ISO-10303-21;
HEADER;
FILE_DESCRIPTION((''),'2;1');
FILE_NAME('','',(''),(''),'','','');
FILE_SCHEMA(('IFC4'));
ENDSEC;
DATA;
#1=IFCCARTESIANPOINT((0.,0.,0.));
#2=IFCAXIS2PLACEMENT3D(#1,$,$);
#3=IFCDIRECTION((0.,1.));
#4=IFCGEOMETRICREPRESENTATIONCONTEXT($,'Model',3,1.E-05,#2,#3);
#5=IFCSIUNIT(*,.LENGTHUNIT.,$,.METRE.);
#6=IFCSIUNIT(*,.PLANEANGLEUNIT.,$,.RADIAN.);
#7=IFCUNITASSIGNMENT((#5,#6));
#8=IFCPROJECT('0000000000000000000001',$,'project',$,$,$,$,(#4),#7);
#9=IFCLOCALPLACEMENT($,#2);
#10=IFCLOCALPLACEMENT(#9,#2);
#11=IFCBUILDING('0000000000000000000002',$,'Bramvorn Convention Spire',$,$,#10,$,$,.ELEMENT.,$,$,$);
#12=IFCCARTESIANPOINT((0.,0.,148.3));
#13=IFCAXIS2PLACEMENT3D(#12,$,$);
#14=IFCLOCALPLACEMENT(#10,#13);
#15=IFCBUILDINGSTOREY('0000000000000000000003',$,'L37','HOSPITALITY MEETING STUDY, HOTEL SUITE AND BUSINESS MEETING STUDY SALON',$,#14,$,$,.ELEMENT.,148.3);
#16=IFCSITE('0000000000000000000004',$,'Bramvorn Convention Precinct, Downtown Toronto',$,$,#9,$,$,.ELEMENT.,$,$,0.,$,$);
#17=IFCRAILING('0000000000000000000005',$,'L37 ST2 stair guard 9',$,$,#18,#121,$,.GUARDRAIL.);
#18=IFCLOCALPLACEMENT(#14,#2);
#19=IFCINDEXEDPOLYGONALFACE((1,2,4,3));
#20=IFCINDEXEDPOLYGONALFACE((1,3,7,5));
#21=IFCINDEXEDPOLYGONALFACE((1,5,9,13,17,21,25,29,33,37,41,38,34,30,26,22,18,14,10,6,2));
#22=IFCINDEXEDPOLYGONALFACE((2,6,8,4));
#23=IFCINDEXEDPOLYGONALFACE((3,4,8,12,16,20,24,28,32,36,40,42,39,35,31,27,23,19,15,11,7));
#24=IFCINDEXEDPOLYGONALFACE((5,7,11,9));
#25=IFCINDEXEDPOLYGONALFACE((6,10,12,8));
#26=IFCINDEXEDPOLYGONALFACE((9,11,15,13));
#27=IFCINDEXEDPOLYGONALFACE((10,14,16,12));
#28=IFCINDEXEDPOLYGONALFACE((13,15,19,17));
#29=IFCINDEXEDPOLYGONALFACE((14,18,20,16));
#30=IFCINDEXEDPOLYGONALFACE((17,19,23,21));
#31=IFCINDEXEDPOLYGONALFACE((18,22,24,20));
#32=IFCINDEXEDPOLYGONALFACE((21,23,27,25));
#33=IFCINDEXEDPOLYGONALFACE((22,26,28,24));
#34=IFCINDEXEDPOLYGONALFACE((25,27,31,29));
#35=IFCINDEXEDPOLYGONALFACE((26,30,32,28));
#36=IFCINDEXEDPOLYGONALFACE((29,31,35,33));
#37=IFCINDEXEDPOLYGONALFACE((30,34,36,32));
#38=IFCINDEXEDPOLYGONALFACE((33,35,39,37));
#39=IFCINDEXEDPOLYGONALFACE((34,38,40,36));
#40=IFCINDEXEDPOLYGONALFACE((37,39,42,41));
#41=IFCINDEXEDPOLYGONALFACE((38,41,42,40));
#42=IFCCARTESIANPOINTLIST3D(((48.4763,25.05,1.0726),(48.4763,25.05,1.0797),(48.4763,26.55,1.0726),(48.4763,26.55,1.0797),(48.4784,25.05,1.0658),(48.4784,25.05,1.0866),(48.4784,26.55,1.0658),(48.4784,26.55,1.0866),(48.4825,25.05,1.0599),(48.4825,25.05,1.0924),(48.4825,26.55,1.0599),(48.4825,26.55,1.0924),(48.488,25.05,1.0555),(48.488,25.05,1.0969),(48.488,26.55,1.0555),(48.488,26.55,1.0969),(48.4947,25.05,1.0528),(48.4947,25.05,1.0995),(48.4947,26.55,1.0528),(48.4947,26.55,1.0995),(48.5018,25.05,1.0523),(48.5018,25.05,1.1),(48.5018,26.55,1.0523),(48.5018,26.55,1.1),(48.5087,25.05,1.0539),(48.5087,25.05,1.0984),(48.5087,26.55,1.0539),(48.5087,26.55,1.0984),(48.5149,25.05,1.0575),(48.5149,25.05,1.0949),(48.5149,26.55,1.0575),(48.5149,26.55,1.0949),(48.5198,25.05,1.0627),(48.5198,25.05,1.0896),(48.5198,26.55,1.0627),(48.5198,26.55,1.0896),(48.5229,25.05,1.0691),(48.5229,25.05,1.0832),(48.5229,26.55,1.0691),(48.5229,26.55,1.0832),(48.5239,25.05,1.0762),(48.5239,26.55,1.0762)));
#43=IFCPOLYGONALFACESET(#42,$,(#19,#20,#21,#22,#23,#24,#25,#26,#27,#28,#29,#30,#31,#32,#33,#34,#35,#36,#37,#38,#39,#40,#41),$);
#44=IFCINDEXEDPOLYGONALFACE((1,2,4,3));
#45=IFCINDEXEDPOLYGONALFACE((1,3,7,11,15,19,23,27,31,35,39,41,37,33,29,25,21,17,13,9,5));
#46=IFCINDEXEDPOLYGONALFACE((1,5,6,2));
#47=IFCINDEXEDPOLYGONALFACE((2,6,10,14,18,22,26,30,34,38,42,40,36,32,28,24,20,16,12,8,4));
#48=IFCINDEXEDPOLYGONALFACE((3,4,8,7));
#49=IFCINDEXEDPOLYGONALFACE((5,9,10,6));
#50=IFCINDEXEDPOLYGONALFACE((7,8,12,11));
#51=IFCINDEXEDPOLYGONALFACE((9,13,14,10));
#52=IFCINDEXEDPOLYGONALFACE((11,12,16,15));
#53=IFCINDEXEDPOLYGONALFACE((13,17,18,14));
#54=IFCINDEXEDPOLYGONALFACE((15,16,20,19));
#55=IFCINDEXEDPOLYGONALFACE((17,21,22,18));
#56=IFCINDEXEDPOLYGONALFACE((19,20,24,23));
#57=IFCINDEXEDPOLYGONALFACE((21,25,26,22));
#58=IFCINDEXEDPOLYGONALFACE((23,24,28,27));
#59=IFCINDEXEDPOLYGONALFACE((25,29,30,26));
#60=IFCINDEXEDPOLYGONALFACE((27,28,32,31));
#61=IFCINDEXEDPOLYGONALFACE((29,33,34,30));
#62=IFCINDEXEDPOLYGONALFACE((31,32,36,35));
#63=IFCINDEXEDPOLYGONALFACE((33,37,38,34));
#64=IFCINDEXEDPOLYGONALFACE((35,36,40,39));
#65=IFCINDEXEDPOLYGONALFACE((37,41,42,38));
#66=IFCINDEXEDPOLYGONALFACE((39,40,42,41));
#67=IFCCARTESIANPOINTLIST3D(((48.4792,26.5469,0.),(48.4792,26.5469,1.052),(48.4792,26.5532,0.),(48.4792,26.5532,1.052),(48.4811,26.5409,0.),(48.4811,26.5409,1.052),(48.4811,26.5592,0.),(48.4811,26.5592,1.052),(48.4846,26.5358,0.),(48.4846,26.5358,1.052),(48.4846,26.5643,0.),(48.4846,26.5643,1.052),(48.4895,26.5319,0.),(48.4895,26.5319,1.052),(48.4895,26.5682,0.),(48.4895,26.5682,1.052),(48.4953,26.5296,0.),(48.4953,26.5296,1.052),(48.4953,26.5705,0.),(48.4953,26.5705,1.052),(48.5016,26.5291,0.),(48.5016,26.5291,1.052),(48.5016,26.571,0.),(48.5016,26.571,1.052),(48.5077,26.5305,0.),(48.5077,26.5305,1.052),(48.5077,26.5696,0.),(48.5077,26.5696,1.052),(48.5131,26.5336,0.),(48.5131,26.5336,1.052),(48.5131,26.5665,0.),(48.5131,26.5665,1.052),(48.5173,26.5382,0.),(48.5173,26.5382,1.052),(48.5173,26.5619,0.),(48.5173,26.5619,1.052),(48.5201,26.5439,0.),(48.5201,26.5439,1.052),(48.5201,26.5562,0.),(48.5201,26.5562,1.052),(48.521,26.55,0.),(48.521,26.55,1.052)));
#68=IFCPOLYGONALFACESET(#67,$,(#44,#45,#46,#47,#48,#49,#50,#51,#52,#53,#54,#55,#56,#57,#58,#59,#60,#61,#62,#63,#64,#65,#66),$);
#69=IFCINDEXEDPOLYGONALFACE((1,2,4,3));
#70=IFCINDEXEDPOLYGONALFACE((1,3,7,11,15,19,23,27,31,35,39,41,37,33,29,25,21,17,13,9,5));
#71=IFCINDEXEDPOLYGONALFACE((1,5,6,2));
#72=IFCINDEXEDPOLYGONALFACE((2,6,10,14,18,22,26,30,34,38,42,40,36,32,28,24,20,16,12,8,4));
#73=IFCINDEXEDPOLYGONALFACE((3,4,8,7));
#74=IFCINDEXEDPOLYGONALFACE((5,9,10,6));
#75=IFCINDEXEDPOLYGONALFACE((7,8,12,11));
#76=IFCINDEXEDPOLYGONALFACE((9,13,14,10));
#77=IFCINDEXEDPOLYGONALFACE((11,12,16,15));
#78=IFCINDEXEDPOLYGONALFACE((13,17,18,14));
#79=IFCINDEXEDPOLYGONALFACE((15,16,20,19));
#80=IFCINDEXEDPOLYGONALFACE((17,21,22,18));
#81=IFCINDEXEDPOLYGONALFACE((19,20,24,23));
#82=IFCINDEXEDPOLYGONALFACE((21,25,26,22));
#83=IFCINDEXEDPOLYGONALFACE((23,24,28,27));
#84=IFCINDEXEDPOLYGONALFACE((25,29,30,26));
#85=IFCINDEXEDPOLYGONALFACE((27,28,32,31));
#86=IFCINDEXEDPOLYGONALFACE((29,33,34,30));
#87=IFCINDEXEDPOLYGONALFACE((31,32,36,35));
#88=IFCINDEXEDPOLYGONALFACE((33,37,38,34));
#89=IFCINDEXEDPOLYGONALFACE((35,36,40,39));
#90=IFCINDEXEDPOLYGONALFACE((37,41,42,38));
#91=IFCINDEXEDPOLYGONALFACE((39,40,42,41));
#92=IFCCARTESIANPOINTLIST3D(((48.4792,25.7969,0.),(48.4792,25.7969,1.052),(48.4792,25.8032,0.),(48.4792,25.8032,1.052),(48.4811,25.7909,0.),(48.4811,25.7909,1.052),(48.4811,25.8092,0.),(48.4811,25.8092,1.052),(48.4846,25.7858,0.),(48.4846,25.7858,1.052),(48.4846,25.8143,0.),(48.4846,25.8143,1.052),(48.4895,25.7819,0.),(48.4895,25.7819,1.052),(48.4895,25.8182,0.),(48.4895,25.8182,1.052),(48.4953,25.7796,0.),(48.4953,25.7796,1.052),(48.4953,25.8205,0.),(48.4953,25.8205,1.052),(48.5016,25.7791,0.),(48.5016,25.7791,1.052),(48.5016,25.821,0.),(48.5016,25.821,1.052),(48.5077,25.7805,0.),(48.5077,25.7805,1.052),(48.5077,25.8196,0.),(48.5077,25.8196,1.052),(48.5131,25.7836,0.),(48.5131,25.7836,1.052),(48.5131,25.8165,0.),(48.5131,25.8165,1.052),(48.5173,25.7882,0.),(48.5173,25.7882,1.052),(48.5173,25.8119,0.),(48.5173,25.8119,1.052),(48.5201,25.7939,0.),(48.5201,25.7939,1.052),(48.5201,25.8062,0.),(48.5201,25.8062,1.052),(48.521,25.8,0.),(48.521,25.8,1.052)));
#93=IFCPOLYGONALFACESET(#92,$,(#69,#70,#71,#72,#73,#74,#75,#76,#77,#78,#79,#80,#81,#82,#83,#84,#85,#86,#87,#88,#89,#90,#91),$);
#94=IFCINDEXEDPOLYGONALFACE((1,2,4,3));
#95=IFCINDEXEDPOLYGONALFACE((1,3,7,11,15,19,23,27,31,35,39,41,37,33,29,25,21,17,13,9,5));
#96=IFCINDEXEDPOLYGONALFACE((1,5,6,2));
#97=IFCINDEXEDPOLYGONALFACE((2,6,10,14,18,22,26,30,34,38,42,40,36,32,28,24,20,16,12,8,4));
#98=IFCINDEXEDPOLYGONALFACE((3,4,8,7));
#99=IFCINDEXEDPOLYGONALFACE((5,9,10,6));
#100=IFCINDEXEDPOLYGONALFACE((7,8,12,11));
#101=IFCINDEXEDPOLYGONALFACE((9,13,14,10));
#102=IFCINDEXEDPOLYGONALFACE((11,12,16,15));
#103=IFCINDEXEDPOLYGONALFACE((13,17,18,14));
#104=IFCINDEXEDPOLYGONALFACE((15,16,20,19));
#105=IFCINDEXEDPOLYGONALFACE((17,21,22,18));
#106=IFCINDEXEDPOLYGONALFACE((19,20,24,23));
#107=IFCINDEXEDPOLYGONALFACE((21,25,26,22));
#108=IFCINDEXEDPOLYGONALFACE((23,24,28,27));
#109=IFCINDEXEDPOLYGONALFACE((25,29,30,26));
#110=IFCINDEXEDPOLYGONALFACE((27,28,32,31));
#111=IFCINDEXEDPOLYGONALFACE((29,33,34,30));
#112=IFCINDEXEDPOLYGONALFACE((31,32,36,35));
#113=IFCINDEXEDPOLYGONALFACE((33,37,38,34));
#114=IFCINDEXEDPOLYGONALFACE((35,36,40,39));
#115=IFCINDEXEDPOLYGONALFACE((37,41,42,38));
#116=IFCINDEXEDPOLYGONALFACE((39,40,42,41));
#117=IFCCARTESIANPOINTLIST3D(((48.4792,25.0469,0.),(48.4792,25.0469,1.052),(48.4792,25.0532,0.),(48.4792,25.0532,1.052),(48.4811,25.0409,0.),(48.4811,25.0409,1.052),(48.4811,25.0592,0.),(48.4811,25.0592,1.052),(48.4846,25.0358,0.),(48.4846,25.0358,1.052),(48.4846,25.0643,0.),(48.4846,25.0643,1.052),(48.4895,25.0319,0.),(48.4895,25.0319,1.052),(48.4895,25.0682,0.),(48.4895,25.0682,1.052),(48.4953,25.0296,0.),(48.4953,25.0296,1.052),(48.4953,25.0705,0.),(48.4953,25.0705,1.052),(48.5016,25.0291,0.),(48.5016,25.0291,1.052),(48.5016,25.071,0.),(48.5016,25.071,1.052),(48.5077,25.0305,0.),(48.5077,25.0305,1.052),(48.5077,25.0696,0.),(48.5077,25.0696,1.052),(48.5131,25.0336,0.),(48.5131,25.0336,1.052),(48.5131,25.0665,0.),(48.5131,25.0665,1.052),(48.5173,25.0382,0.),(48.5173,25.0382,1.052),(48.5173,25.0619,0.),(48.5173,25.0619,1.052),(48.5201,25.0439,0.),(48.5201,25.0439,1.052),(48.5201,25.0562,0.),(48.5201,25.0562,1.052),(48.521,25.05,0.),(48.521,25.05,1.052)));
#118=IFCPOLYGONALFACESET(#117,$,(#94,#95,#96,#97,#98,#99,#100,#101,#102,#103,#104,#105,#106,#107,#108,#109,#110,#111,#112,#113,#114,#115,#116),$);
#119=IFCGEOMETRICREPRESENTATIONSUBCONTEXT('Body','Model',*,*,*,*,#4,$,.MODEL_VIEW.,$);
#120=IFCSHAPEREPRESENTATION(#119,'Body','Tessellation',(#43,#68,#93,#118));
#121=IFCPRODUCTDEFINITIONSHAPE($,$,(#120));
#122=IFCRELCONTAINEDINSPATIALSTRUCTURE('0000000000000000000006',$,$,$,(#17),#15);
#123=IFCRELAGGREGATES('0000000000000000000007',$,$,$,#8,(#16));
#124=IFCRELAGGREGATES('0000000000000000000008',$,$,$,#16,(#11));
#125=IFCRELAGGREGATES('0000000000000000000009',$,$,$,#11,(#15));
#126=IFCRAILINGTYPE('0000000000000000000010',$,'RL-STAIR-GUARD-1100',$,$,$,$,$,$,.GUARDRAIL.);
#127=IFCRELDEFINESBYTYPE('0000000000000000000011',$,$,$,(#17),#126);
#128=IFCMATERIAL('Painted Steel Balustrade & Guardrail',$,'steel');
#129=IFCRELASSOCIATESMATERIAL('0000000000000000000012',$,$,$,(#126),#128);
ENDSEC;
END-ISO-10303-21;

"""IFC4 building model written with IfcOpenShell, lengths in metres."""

from ifc_helpers import new_model, si_unit, direction, frame, origin, origin_2d, place, context, subcontext, project, spatial, circle, extrude, material, type_object, element, save


model = new_model("IFC4")

# Units and contexts
model_context = context("Model", 3, precision=1e-05, world=origin(), true_north=direction((0.0, 1.0)))
body_context = subcontext(model_context, "Body", "Model", "MODEL_VIEW")
ifc_project = project(units=[si_unit("LENGTHUNIT", "METRE"), si_unit("PLANEANGLEUNIT", "RADIAN")], contexts=[model_context])

# Site, building, storey
site_placement = place(None, origin())
site = spatial("IfcSite", under=ifc_project, at=site_placement, Name="Bramvorn Convention Precinct, Downtown Toronto", CompositionType="ELEMENT", RefElevation=0.0)
building_placement = place(site_placement, origin())
building = spatial("IfcBuilding", under=site, at=building_placement, Name="Bramvorn Convention Spire", CompositionType="ELEMENT")
storey_placement = place(building_placement, frame((0.0, 0.0, 148.3)))
storey = spatial("IfcBuildingStorey", under=building, at=storey_placement, Name="L37", Description="HOSPITALITY MEETING STUDY, HOTEL SUITE AND BUSINESS MEETING STUDY SALON", CompositionType="ELEMENT", Elevation=148.3)

# Railing
ifc_material_1 = material(Name="Painted Steel Balustrade & Guardrail", Category="steel")
railing_type_1 = type_object("IfcRailingType", Name="RL-STAIR-GUARD-1100", PredefinedType="GUARDRAIL", material=ifc_material_1)
railing_1_placement = place(storey_placement, frame((48.5, 26.55, 0.0)))
element("IfcRailing", 1, at=railing_1_placement, inside=storey, type_object=railing_type_1, Name="L37 ST2 stair guard 9", PredefinedType="GUARDRAIL", context=body_context, shape_type="SweptSolid", body=[
    extrude(circle(Radius=0.0239, at=origin_2d()), frame((0.0, 0.0, 1.0762), z_axis=(0.0, -1.0, 0.0), x_axis=(1.0, 0.0, 0.0)), (0.0, 0.0, 1.0), 1.5),
    extrude(circle(Radius=0.021, at=origin_2d()), origin(), (0.0, 0.0, 1.0), 1.052),
    extrude(circle(Radius=0.021, at=origin_2d()), frame((0.0, -0.75, 0.0)), (0.0, 0.0, 1.0), 1.052),
    extrude(circle(Radius=0.021, at=origin_2d()), frame((0.0, -1.5, 0.0)), (0.0, 0.0, 1.0), 1.052),
])

save(model, "model.ifc")
